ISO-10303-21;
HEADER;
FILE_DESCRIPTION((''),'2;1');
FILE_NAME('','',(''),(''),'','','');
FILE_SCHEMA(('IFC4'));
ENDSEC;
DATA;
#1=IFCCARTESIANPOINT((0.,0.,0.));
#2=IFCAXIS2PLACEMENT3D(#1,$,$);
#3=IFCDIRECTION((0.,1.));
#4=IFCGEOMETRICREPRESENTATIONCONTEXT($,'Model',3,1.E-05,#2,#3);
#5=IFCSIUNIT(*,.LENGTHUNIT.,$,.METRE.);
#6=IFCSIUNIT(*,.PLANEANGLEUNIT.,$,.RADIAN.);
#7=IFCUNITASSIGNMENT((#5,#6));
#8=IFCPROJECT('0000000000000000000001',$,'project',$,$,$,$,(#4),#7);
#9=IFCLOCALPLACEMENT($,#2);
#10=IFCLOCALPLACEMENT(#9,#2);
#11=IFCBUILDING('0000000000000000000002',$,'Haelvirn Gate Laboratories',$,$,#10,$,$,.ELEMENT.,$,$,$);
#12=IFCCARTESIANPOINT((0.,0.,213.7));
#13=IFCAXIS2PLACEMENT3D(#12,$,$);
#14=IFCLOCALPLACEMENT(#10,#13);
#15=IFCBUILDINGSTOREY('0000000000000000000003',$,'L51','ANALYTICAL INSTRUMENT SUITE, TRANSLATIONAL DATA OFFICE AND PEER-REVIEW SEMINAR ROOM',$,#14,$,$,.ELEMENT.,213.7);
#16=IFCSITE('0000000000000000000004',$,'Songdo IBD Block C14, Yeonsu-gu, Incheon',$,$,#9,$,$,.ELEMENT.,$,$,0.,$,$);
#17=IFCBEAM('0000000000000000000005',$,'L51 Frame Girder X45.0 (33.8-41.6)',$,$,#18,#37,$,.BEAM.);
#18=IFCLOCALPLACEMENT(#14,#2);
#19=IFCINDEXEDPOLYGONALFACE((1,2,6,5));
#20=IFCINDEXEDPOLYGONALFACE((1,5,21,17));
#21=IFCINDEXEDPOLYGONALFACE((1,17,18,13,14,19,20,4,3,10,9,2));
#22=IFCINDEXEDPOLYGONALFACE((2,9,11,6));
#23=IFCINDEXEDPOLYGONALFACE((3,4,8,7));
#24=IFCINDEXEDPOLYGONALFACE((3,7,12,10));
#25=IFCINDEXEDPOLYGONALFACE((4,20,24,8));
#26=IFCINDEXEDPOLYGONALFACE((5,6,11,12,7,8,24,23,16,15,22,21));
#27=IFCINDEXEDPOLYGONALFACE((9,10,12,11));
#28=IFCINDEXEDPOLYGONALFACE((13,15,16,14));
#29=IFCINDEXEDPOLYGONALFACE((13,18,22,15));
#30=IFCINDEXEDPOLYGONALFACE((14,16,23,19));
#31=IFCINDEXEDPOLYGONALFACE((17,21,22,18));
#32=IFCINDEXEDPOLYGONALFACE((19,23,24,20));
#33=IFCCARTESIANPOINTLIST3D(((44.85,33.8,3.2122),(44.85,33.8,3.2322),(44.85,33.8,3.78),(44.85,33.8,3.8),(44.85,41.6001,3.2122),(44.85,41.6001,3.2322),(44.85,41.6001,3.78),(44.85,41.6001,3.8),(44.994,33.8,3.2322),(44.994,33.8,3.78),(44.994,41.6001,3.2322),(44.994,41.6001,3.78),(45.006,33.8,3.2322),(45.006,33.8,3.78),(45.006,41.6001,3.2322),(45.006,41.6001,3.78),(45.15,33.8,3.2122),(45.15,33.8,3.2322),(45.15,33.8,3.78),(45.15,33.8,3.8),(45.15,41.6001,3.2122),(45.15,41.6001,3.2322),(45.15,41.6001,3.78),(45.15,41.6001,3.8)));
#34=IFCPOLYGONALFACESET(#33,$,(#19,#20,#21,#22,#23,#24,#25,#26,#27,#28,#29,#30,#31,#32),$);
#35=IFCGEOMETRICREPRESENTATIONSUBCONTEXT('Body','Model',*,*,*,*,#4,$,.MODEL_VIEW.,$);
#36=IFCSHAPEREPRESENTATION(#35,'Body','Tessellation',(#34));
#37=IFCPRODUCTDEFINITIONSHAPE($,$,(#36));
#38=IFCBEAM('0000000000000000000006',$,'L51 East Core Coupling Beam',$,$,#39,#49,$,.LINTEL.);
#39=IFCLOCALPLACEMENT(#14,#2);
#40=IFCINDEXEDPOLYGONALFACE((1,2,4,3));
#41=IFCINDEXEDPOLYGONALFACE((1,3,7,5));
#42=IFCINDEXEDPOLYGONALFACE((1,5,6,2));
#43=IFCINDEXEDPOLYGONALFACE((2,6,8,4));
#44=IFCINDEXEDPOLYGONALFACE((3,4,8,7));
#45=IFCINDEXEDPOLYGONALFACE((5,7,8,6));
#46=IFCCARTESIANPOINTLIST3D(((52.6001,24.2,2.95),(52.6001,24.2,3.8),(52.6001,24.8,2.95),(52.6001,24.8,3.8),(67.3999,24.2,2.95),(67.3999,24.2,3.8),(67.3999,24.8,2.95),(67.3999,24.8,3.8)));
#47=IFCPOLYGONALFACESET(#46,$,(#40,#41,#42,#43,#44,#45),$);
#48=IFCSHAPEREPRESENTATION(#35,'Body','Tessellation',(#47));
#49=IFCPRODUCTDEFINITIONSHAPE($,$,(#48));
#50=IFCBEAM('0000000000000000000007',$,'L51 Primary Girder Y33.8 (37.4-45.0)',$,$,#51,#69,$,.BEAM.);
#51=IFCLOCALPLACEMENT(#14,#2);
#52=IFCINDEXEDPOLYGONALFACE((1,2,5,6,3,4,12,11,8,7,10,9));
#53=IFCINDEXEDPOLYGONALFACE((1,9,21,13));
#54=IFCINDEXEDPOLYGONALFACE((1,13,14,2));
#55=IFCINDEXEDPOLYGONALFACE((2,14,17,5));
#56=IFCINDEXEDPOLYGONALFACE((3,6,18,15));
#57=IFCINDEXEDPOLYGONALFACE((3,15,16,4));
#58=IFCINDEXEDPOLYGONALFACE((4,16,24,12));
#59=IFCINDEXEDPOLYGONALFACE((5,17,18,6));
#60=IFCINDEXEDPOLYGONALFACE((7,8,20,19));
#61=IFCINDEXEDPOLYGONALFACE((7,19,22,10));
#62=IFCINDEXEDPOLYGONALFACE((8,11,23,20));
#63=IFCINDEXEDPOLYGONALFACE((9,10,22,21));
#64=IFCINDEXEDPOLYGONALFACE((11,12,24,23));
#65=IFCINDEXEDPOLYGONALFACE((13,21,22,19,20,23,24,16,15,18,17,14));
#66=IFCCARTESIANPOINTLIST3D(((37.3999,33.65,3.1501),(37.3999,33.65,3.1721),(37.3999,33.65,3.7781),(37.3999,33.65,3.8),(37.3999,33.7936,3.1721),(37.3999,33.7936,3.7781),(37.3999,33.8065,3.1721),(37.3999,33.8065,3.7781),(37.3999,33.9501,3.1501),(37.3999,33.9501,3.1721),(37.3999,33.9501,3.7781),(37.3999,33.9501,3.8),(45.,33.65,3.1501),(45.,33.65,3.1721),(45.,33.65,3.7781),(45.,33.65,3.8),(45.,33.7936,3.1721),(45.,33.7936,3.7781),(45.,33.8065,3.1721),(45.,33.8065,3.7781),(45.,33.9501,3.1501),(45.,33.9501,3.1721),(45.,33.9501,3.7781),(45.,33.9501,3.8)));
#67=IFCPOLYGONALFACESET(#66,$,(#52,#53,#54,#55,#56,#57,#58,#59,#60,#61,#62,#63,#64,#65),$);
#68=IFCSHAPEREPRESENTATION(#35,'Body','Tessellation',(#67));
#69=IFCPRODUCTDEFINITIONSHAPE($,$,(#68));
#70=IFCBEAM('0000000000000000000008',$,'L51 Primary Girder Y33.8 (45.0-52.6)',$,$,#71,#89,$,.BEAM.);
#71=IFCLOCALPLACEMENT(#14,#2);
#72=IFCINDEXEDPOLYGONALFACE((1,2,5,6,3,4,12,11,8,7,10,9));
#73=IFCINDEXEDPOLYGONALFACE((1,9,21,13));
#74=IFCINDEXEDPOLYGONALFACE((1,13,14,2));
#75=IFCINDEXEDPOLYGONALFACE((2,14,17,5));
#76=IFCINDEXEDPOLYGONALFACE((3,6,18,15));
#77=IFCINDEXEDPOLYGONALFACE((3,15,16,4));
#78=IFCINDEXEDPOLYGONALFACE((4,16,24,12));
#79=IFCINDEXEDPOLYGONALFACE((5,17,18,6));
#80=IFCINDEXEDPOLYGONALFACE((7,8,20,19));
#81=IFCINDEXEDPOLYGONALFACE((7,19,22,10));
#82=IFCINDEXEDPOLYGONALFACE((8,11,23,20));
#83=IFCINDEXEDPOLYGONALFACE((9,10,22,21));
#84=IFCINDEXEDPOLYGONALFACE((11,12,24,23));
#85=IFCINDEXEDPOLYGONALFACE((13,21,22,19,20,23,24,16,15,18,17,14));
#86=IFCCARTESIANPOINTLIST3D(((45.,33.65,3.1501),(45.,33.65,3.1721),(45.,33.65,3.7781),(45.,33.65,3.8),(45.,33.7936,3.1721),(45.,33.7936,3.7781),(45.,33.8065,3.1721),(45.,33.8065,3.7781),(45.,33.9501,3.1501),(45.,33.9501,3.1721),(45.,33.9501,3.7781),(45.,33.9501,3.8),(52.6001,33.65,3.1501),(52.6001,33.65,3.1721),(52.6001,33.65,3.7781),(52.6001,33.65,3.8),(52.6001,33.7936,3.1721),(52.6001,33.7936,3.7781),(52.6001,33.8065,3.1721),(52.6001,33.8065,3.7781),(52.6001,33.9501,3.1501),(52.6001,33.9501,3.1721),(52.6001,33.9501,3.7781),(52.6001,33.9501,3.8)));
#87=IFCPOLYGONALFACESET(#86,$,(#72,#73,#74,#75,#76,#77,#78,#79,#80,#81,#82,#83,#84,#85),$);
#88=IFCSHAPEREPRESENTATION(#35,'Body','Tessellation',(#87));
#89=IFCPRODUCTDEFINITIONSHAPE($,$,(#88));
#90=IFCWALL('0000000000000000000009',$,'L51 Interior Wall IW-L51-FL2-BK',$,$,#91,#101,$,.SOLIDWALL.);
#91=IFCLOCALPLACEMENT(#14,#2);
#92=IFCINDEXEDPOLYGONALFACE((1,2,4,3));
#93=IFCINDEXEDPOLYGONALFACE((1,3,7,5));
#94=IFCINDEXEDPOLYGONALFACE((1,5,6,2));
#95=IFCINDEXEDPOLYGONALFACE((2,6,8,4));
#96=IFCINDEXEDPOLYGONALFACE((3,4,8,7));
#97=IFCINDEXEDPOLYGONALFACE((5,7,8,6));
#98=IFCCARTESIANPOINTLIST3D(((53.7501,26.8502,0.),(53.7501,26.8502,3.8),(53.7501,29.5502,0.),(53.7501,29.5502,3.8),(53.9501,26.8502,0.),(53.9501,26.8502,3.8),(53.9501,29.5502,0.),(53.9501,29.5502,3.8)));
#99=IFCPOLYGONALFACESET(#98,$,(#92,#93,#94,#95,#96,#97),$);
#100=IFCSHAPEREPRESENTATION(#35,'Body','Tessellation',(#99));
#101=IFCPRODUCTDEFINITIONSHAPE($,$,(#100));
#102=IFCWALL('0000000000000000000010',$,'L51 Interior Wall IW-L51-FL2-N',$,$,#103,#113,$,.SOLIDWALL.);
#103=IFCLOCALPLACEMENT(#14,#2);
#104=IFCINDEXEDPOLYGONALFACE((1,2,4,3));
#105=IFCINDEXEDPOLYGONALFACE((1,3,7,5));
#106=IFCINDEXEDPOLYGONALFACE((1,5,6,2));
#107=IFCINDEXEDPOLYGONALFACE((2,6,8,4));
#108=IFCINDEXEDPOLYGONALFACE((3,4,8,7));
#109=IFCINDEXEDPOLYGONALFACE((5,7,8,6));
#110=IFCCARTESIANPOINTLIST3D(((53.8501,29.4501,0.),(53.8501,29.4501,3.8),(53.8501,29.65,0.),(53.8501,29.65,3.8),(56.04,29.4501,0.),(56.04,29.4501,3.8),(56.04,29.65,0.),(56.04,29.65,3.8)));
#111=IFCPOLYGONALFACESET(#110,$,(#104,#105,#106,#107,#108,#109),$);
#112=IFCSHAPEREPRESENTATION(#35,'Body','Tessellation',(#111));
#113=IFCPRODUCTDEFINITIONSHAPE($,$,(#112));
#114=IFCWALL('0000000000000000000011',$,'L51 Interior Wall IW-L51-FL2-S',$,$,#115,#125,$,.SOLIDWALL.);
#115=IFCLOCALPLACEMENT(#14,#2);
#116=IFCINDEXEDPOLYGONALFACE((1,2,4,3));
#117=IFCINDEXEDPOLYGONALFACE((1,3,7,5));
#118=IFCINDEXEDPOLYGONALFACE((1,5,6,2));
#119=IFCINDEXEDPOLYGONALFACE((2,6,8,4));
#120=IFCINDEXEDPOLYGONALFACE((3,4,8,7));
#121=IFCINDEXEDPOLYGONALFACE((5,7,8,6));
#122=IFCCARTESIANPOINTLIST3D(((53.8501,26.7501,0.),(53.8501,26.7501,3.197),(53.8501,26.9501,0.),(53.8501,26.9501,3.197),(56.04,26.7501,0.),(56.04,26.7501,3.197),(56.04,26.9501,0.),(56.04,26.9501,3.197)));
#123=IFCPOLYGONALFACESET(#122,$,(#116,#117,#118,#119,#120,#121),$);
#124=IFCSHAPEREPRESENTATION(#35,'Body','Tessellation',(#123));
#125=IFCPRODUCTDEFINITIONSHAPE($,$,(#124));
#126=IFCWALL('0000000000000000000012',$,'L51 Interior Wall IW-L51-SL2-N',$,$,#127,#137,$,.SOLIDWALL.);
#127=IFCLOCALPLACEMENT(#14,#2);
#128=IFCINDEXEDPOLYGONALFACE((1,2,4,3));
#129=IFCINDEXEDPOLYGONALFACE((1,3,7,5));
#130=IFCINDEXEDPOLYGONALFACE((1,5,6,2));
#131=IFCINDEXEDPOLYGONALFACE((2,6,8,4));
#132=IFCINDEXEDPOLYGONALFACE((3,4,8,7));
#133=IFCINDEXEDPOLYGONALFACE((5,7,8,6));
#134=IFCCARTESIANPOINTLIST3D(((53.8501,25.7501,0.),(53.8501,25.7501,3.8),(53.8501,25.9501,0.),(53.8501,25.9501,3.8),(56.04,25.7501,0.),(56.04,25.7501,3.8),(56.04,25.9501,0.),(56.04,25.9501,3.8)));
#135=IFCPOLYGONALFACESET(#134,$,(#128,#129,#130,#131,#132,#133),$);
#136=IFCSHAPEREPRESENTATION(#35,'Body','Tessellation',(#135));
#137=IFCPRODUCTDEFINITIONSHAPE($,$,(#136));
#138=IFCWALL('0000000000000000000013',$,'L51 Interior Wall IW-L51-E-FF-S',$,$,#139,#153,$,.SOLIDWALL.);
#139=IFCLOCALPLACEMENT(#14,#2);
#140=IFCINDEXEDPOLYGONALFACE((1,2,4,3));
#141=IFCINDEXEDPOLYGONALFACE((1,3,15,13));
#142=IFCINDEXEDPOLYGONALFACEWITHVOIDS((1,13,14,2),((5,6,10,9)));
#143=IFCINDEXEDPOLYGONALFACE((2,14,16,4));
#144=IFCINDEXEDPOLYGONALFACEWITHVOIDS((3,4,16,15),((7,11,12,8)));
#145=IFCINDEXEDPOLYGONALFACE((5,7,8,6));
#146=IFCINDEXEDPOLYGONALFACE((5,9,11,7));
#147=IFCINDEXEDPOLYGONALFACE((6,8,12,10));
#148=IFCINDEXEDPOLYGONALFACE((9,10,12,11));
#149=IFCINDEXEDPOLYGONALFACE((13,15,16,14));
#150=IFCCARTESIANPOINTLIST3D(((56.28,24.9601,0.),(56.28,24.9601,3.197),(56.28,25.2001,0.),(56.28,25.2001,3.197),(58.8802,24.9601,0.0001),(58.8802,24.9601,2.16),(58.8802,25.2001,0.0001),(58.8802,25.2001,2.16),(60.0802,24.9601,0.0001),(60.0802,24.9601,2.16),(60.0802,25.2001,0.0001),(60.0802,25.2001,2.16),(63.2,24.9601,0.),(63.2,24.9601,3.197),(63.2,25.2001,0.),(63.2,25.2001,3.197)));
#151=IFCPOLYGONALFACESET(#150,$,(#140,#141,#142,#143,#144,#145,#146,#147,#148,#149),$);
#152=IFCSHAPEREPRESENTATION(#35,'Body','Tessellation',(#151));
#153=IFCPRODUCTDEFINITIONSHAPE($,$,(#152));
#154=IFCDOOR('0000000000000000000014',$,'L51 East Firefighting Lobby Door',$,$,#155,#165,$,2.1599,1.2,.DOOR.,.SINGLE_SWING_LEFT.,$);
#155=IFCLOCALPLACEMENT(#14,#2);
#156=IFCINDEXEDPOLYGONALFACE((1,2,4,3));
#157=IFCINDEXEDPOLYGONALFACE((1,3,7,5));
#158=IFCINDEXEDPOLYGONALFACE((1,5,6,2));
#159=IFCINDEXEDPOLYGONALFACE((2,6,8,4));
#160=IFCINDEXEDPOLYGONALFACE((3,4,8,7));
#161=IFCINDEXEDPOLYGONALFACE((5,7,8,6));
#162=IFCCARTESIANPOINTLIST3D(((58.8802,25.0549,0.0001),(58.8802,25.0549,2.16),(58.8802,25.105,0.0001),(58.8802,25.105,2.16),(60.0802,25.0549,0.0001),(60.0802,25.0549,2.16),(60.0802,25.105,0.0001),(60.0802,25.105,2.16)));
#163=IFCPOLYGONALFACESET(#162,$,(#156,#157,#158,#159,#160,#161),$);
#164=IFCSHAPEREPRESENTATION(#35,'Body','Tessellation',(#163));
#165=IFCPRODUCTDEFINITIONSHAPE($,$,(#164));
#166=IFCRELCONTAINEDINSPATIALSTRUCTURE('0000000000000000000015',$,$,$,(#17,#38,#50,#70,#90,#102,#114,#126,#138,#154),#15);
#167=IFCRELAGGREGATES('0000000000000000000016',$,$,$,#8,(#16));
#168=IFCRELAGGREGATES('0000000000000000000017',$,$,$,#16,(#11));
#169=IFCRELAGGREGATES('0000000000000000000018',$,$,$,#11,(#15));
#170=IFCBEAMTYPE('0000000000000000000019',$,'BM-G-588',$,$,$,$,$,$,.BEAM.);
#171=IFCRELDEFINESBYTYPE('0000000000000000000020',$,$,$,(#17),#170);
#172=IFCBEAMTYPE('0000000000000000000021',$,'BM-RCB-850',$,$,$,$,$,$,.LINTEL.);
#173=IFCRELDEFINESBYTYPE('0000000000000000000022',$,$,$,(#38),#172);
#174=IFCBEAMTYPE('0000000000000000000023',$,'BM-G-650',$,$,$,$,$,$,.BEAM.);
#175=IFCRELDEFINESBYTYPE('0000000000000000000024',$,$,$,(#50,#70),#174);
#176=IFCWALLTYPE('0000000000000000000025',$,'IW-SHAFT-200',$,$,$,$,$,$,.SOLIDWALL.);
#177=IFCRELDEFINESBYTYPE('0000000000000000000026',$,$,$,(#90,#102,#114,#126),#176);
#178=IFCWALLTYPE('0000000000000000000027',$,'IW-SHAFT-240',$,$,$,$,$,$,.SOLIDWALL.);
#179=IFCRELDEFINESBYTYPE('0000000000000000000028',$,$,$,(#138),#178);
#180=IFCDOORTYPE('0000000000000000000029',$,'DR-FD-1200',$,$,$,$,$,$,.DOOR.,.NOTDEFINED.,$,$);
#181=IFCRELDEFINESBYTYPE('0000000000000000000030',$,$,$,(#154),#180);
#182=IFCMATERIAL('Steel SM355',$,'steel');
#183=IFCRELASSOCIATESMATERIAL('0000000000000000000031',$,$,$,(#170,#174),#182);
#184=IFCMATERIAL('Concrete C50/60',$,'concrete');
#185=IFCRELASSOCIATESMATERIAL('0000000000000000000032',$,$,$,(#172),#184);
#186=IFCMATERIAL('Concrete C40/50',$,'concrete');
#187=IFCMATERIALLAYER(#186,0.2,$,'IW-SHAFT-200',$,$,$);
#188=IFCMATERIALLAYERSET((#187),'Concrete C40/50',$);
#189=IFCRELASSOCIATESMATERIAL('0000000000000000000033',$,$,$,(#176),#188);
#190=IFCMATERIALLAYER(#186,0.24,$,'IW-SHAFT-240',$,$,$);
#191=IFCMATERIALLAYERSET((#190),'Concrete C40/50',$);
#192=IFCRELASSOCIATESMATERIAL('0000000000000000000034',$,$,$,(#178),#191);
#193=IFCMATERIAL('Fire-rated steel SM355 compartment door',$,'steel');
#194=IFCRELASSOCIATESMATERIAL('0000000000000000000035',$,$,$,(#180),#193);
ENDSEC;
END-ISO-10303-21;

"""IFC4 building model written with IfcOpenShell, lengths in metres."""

from ifc_helpers import new_model, si_unit, direction, frame, frame_2d, origin, origin_2d, place, context, subcontext, project, spatial, rectangle, i_section, extrude, source, transform, mapped, material, layer, layer_set, material_profile, profile_set, type_object, type_shapes, element, fill, save


model = new_model("IFC4")

# Units and contexts
model_context = context("Model", 3, precision=1e-05, world=origin(), true_north=direction((0.0, 1.0)))
body_context = subcontext(model_context, "Body", "Model", "MODEL_VIEW")
ifc_project = project(units=[si_unit("LENGTHUNIT", "METRE"), si_unit("PLANEANGLEUNIT", "RADIAN")], contexts=[model_context])

# Site, building, storey
site_placement = place(None, origin())
site = spatial("IfcSite", under=ifc_project, at=site_placement, Name="Songdo IBD Block C14, Yeonsu-gu, Incheon", CompositionType="ELEMENT", RefElevation=0.0)
building_placement = place(site_placement, origin())
building = spatial("IfcBuilding", under=site, at=building_placement, Name="Haelvirn Gate Laboratories", CompositionType="ELEMENT")
storey_placement = place(building_placement, frame((0.0, 0.0, 213.7)))
storey = spatial("IfcBuildingStorey", under=building, at=storey_placement, Name="L51", Description="ANALYTICAL INSTRUMENT SUITE, TRANSLATIONAL DATA OFFICE AND PEER-REVIEW SEMINAR ROOM", CompositionType="ELEMENT", Elevation=213.7)

# Shared definitions
ifc_material_1 = material(Name="Steel SM355", Category="steel")

# Beams
ifc_material_profile_1 = material_profile(ifc_material_1, i_section(OverallWidth=0.3, OverallDepth=0.5879, WebThickness=0.012, FlangeThickness=0.02, at=origin_2d()), Name="H-588x300x12x20")
ifc_profile_set_1 = profile_set([ifc_material_profile_1], Name="Steel SM355")
beam_type_1 = type_object("IfcBeamType", Name="BM-G-588", PredefinedType="BEAM", material=ifc_profile_set_1)
shared_shape_1 = source(origin(), body_context, "Body", "SweptSolid", [
    extrude(i_section(OverallWidth=0.3, OverallDepth=0.5879, WebThickness=0.012, FlangeThickness=0.02, at=origin_2d()), origin(), (0.0, 0.0, 1.0), 7.8),
])
for number, where, z_axis, x_axis, name in (
    (1, (45.0, 33.8, 3.5061), (0.0, 1.0, 0.0), (-1.0, 0.0, 0.0), "L51 Frame Girder X45.0 (33.8-41.6)"),
):
    element("IfcBeam", number, at=place(storey_placement, frame(where, z_axis=z_axis, x_axis=x_axis)), inside=storey, type_object=beam_type_1, Name=name, PredefinedType="BEAM", context=body_context, shape_type="MappedRepresentation", body=[
        mapped(shared_shape_1, transform((0.0, 0.0, 0.0), scale=1.0)),
    ])
ifc_material_2 = material(Name="Concrete C50/60", Category="concrete")
ifc_material_profile_2 = material_profile(ifc_material_2, rectangle(XDim=0.6001, YDim=0.8501, at=origin_2d()), Name="RCB-600x850")
ifc_profile_set_2 = profile_set([ifc_material_profile_2], Name="Concrete C50/60")
beam_type_2 = type_object("IfcBeamType", Name="BM-RCB-850", PredefinedType="LINTEL", material=ifc_profile_set_2)
shared_shape_2 = source(origin(), body_context, "Body", "SweptSolid", [
    extrude(rectangle(XDim=0.6001, YDim=0.8501, at=origin_2d()), origin(), (0.0, 0.0, 1.0), 14.7998),
])
type_shapes(beam_type_2, [shared_shape_2])
beam_1_placement = place(storey_placement, frame((52.6001, 24.5, 3.375), z_axis=(1.0, 0.0, 0.0), x_axis=(0.0, 1.0, 0.0)))
element("IfcBeam", 2, at=beam_1_placement, inside=storey, type_object=beam_type_2, Name="L51 East Core Coupling Beam", PredefinedType="LINTEL", context=body_context, shape_type="MappedRepresentation", body=[
    mapped(shared_shape_2, transform((0.0, 0.0, 0.0), scale=1.0)),
])
ifc_material_profile_3 = material_profile(ifc_material_1, i_section(OverallWidth=0.3, OverallDepth=0.6499, WebThickness=0.0129, FlangeThickness=0.022, at=origin_2d()), Name="H-650x300x13x22")
ifc_profile_set_3 = profile_set([ifc_material_profile_3], Name="Steel SM355")
beam_type_3 = type_object("IfcBeamType", Name="BM-G-650", PredefinedType="BEAM", material=ifc_profile_set_3)
shared_shape_3 = source(origin(), body_context, "Body", "SweptSolid", [
    extrude(i_section(OverallWidth=0.3, OverallDepth=0.6499, WebThickness=0.0129, FlangeThickness=0.022, at=origin_2d()), origin(), (0.0, 0.0, 1.0), 7.6001),
])
type_shapes(beam_type_3, [shared_shape_3])
for number, where, z_axis, x_axis, name in (
    (3, (37.3999, 33.8, 3.4751), (1.0, 0.0, 0.0), (0.0, 1.0, 0.0), "L51 Primary Girder Y33.8 (37.4-45.0)"),
    (4, (45.0, 33.8, 3.4751), (1.0, 0.0, 0.0), (0.0, 1.0, 0.0), "L51 Primary Girder Y33.8 (45.0-52.6)"),
):
    element("IfcBeam", number, at=place(storey_placement, frame(where, z_axis=z_axis, x_axis=x_axis)), inside=storey, type_object=beam_type_3, Name=name, PredefinedType="BEAM", context=body_context, shape_type="MappedRepresentation", body=[
        mapped(shared_shape_3, transform((0.0, 0.0, 0.0), scale=1.0)),
    ])

# Walls
ifc_material_3 = material(Name="Concrete C40/50", Category="concrete")
ifc_layer_1 = layer(ifc_material_3, 0.2, Name="IW-SHAFT-200")
ifc_layer_set_1 = layer_set([ifc_layer_1], Name="Concrete C40/50")
wall_type_1 = type_object("IfcWallType", Name="IW-SHAFT-200", PredefinedType="SOLIDWALL", material=ifc_layer_set_1)
wall_1_placement = place(storey_placement, frame((53.8501, 26.8501, 0.0), z_axis=(0.0, 0.0, 1.0), x_axis=(0.0, 1.0, 0.0)))
element("IfcWall", 5, at=wall_1_placement, inside=storey, type_object=wall_type_1, Name="L51 Interior Wall IW-L51-FL2-BK", PredefinedType="SOLIDWALL", context=body_context, shape_type="SweptSolid", body=[
    extrude(rectangle(XDim=2.7, YDim=0.2, at=frame_2d((1.3501, 0.0))), origin(), (0.0, 0.0, 1.0), 3.8),
])
wall_2_placement = place(storey_placement, frame((53.8501, 29.55, 0.0), z_axis=(0.0, 0.0, 1.0), x_axis=(1.0, 0.0, 0.0)))
element("IfcWall", 6, at=wall_2_placement, inside=storey, type_object=wall_type_1, Name="L51 Interior Wall IW-L51-FL2-N", PredefinedType="SOLIDWALL", context=body_context, shape_type="SweptSolid", body=[
    extrude(rectangle(XDim=2.1899, YDim=0.2, at=frame_2d((1.095, 0.0))), origin(), (0.0, 0.0, 1.0), 3.8),
])
wall_3_placement = place(storey_placement, frame((53.8501, 26.8501, 0.0), z_axis=(0.0, 0.0, 1.0), x_axis=(1.0, 0.0, 0.0)))
element("IfcWall", 7, at=wall_3_placement, inside=storey, type_object=wall_type_1, Name="L51 Interior Wall IW-L51-FL2-S", PredefinedType="SOLIDWALL", context=body_context, shape_type="SweptSolid", body=[
    extrude(rectangle(XDim=2.1899, YDim=0.2, at=frame_2d((1.095, 0.0))), origin(), (0.0, 0.0, 1.0), 3.197),
])
wall_4_placement = place(storey_placement, frame((53.8501, 25.8501, 0.0), z_axis=(0.0, 0.0, 1.0), x_axis=(1.0, 0.0, 0.0)))
element("IfcWall", 8, at=wall_4_placement, inside=storey, type_object=wall_type_1, Name="L51 Interior Wall IW-L51-SL2-N", PredefinedType="SOLIDWALL", context=body_context, shape_type="SweptSolid", body=[
    extrude(rectangle(XDim=2.1899, YDim=0.2, at=frame_2d((1.095, 0.0))), origin(), (0.0, 0.0, 1.0), 3.8),
])

# Wall, opening, door
ifc_layer_2 = layer(ifc_material_3, 0.24, Name="IW-SHAFT-240")
ifc_layer_set_2 = layer_set([ifc_layer_2], Name="Concrete C40/50")
wall_type_2 = type_object("IfcWallType", Name="IW-SHAFT-240", PredefinedType="SOLIDWALL", material=ifc_layer_set_2)
wall_5_placement = place(storey_placement, frame((56.28, 25.0801, 0.0), z_axis=(0.0, 0.0, 1.0), x_axis=(1.0, 0.0, 0.0)))
wall_5 = element("IfcWall", 9, at=wall_5_placement, inside=storey, type_object=wall_type_2, Name="L51 Interior Wall IW-L51-E-FF-S", PredefinedType="SOLIDWALL", context=body_context, shape_type="SweptSolid", body=[
    extrude(rectangle(XDim=6.9199, YDim=0.24, at=frame_2d((3.46, 0.0))), origin(), (0.0, 0.0, 1.0), 3.197),
])
opening_1_placement = place(wall_5_placement, frame((2.6001, 0.0, 0.0)))
opening_1 = element("IfcOpeningElement", 10, at=opening_1_placement, cuts=wall_5, PredefinedType="OPENING", context=body_context, shape_type="SweptSolid", body=[
    extrude(rectangle(XDim=1.2, YDim=2.1599, at=frame_2d((0.6001, 1.0801))), frame((0.0, 0.1299, 0.0), z_axis=(0.0, -1.0, 0.0), x_axis=(1.0, 0.0, 0.0)), (0.0, 0.0, 1.0), 0.26),
])
ifc_material_4 = material(Name="Fire-rated steel SM355 compartment door", Category="steel")
door_type_1 = type_object("IfcDoorType", Name="DR-FD-1200", OperationType="NOTDEFINED", PredefinedType="DOOR", material=ifc_material_4)
shared_shape_4 = source(origin(), body_context, "Body", "SweptSolid", [
    extrude(rectangle(XDim=1.2, YDim=2.1599, at=frame_2d((0.6001, 1.0801))), frame((0.0, 0.0249, 0.0), z_axis=(0.0, -1.0, 0.0), x_axis=(1.0, 0.0, 0.0)), (0.0, 0.0, 1.0), 0.05),
])
type_shapes(door_type_1, [shared_shape_4])
door_1_placement = place(opening_1_placement, origin())
door_1 = element("IfcDoor", 11, at=door_1_placement, inside=storey, type_object=door_type_1, Name="L51 East Firefighting Lobby Door", OperationType="SINGLE_SWING_LEFT", OverallHeight=2.1599, OverallWidth=1.2, PredefinedType="DOOR", context=body_context, shape_type="MappedRepresentation", body=[
    mapped(shared_shape_4, transform((0.0, 0.0, 0.0), scale=1.0)),
])
fill(opening_1, door_1)

save(model, "model.ifc")
